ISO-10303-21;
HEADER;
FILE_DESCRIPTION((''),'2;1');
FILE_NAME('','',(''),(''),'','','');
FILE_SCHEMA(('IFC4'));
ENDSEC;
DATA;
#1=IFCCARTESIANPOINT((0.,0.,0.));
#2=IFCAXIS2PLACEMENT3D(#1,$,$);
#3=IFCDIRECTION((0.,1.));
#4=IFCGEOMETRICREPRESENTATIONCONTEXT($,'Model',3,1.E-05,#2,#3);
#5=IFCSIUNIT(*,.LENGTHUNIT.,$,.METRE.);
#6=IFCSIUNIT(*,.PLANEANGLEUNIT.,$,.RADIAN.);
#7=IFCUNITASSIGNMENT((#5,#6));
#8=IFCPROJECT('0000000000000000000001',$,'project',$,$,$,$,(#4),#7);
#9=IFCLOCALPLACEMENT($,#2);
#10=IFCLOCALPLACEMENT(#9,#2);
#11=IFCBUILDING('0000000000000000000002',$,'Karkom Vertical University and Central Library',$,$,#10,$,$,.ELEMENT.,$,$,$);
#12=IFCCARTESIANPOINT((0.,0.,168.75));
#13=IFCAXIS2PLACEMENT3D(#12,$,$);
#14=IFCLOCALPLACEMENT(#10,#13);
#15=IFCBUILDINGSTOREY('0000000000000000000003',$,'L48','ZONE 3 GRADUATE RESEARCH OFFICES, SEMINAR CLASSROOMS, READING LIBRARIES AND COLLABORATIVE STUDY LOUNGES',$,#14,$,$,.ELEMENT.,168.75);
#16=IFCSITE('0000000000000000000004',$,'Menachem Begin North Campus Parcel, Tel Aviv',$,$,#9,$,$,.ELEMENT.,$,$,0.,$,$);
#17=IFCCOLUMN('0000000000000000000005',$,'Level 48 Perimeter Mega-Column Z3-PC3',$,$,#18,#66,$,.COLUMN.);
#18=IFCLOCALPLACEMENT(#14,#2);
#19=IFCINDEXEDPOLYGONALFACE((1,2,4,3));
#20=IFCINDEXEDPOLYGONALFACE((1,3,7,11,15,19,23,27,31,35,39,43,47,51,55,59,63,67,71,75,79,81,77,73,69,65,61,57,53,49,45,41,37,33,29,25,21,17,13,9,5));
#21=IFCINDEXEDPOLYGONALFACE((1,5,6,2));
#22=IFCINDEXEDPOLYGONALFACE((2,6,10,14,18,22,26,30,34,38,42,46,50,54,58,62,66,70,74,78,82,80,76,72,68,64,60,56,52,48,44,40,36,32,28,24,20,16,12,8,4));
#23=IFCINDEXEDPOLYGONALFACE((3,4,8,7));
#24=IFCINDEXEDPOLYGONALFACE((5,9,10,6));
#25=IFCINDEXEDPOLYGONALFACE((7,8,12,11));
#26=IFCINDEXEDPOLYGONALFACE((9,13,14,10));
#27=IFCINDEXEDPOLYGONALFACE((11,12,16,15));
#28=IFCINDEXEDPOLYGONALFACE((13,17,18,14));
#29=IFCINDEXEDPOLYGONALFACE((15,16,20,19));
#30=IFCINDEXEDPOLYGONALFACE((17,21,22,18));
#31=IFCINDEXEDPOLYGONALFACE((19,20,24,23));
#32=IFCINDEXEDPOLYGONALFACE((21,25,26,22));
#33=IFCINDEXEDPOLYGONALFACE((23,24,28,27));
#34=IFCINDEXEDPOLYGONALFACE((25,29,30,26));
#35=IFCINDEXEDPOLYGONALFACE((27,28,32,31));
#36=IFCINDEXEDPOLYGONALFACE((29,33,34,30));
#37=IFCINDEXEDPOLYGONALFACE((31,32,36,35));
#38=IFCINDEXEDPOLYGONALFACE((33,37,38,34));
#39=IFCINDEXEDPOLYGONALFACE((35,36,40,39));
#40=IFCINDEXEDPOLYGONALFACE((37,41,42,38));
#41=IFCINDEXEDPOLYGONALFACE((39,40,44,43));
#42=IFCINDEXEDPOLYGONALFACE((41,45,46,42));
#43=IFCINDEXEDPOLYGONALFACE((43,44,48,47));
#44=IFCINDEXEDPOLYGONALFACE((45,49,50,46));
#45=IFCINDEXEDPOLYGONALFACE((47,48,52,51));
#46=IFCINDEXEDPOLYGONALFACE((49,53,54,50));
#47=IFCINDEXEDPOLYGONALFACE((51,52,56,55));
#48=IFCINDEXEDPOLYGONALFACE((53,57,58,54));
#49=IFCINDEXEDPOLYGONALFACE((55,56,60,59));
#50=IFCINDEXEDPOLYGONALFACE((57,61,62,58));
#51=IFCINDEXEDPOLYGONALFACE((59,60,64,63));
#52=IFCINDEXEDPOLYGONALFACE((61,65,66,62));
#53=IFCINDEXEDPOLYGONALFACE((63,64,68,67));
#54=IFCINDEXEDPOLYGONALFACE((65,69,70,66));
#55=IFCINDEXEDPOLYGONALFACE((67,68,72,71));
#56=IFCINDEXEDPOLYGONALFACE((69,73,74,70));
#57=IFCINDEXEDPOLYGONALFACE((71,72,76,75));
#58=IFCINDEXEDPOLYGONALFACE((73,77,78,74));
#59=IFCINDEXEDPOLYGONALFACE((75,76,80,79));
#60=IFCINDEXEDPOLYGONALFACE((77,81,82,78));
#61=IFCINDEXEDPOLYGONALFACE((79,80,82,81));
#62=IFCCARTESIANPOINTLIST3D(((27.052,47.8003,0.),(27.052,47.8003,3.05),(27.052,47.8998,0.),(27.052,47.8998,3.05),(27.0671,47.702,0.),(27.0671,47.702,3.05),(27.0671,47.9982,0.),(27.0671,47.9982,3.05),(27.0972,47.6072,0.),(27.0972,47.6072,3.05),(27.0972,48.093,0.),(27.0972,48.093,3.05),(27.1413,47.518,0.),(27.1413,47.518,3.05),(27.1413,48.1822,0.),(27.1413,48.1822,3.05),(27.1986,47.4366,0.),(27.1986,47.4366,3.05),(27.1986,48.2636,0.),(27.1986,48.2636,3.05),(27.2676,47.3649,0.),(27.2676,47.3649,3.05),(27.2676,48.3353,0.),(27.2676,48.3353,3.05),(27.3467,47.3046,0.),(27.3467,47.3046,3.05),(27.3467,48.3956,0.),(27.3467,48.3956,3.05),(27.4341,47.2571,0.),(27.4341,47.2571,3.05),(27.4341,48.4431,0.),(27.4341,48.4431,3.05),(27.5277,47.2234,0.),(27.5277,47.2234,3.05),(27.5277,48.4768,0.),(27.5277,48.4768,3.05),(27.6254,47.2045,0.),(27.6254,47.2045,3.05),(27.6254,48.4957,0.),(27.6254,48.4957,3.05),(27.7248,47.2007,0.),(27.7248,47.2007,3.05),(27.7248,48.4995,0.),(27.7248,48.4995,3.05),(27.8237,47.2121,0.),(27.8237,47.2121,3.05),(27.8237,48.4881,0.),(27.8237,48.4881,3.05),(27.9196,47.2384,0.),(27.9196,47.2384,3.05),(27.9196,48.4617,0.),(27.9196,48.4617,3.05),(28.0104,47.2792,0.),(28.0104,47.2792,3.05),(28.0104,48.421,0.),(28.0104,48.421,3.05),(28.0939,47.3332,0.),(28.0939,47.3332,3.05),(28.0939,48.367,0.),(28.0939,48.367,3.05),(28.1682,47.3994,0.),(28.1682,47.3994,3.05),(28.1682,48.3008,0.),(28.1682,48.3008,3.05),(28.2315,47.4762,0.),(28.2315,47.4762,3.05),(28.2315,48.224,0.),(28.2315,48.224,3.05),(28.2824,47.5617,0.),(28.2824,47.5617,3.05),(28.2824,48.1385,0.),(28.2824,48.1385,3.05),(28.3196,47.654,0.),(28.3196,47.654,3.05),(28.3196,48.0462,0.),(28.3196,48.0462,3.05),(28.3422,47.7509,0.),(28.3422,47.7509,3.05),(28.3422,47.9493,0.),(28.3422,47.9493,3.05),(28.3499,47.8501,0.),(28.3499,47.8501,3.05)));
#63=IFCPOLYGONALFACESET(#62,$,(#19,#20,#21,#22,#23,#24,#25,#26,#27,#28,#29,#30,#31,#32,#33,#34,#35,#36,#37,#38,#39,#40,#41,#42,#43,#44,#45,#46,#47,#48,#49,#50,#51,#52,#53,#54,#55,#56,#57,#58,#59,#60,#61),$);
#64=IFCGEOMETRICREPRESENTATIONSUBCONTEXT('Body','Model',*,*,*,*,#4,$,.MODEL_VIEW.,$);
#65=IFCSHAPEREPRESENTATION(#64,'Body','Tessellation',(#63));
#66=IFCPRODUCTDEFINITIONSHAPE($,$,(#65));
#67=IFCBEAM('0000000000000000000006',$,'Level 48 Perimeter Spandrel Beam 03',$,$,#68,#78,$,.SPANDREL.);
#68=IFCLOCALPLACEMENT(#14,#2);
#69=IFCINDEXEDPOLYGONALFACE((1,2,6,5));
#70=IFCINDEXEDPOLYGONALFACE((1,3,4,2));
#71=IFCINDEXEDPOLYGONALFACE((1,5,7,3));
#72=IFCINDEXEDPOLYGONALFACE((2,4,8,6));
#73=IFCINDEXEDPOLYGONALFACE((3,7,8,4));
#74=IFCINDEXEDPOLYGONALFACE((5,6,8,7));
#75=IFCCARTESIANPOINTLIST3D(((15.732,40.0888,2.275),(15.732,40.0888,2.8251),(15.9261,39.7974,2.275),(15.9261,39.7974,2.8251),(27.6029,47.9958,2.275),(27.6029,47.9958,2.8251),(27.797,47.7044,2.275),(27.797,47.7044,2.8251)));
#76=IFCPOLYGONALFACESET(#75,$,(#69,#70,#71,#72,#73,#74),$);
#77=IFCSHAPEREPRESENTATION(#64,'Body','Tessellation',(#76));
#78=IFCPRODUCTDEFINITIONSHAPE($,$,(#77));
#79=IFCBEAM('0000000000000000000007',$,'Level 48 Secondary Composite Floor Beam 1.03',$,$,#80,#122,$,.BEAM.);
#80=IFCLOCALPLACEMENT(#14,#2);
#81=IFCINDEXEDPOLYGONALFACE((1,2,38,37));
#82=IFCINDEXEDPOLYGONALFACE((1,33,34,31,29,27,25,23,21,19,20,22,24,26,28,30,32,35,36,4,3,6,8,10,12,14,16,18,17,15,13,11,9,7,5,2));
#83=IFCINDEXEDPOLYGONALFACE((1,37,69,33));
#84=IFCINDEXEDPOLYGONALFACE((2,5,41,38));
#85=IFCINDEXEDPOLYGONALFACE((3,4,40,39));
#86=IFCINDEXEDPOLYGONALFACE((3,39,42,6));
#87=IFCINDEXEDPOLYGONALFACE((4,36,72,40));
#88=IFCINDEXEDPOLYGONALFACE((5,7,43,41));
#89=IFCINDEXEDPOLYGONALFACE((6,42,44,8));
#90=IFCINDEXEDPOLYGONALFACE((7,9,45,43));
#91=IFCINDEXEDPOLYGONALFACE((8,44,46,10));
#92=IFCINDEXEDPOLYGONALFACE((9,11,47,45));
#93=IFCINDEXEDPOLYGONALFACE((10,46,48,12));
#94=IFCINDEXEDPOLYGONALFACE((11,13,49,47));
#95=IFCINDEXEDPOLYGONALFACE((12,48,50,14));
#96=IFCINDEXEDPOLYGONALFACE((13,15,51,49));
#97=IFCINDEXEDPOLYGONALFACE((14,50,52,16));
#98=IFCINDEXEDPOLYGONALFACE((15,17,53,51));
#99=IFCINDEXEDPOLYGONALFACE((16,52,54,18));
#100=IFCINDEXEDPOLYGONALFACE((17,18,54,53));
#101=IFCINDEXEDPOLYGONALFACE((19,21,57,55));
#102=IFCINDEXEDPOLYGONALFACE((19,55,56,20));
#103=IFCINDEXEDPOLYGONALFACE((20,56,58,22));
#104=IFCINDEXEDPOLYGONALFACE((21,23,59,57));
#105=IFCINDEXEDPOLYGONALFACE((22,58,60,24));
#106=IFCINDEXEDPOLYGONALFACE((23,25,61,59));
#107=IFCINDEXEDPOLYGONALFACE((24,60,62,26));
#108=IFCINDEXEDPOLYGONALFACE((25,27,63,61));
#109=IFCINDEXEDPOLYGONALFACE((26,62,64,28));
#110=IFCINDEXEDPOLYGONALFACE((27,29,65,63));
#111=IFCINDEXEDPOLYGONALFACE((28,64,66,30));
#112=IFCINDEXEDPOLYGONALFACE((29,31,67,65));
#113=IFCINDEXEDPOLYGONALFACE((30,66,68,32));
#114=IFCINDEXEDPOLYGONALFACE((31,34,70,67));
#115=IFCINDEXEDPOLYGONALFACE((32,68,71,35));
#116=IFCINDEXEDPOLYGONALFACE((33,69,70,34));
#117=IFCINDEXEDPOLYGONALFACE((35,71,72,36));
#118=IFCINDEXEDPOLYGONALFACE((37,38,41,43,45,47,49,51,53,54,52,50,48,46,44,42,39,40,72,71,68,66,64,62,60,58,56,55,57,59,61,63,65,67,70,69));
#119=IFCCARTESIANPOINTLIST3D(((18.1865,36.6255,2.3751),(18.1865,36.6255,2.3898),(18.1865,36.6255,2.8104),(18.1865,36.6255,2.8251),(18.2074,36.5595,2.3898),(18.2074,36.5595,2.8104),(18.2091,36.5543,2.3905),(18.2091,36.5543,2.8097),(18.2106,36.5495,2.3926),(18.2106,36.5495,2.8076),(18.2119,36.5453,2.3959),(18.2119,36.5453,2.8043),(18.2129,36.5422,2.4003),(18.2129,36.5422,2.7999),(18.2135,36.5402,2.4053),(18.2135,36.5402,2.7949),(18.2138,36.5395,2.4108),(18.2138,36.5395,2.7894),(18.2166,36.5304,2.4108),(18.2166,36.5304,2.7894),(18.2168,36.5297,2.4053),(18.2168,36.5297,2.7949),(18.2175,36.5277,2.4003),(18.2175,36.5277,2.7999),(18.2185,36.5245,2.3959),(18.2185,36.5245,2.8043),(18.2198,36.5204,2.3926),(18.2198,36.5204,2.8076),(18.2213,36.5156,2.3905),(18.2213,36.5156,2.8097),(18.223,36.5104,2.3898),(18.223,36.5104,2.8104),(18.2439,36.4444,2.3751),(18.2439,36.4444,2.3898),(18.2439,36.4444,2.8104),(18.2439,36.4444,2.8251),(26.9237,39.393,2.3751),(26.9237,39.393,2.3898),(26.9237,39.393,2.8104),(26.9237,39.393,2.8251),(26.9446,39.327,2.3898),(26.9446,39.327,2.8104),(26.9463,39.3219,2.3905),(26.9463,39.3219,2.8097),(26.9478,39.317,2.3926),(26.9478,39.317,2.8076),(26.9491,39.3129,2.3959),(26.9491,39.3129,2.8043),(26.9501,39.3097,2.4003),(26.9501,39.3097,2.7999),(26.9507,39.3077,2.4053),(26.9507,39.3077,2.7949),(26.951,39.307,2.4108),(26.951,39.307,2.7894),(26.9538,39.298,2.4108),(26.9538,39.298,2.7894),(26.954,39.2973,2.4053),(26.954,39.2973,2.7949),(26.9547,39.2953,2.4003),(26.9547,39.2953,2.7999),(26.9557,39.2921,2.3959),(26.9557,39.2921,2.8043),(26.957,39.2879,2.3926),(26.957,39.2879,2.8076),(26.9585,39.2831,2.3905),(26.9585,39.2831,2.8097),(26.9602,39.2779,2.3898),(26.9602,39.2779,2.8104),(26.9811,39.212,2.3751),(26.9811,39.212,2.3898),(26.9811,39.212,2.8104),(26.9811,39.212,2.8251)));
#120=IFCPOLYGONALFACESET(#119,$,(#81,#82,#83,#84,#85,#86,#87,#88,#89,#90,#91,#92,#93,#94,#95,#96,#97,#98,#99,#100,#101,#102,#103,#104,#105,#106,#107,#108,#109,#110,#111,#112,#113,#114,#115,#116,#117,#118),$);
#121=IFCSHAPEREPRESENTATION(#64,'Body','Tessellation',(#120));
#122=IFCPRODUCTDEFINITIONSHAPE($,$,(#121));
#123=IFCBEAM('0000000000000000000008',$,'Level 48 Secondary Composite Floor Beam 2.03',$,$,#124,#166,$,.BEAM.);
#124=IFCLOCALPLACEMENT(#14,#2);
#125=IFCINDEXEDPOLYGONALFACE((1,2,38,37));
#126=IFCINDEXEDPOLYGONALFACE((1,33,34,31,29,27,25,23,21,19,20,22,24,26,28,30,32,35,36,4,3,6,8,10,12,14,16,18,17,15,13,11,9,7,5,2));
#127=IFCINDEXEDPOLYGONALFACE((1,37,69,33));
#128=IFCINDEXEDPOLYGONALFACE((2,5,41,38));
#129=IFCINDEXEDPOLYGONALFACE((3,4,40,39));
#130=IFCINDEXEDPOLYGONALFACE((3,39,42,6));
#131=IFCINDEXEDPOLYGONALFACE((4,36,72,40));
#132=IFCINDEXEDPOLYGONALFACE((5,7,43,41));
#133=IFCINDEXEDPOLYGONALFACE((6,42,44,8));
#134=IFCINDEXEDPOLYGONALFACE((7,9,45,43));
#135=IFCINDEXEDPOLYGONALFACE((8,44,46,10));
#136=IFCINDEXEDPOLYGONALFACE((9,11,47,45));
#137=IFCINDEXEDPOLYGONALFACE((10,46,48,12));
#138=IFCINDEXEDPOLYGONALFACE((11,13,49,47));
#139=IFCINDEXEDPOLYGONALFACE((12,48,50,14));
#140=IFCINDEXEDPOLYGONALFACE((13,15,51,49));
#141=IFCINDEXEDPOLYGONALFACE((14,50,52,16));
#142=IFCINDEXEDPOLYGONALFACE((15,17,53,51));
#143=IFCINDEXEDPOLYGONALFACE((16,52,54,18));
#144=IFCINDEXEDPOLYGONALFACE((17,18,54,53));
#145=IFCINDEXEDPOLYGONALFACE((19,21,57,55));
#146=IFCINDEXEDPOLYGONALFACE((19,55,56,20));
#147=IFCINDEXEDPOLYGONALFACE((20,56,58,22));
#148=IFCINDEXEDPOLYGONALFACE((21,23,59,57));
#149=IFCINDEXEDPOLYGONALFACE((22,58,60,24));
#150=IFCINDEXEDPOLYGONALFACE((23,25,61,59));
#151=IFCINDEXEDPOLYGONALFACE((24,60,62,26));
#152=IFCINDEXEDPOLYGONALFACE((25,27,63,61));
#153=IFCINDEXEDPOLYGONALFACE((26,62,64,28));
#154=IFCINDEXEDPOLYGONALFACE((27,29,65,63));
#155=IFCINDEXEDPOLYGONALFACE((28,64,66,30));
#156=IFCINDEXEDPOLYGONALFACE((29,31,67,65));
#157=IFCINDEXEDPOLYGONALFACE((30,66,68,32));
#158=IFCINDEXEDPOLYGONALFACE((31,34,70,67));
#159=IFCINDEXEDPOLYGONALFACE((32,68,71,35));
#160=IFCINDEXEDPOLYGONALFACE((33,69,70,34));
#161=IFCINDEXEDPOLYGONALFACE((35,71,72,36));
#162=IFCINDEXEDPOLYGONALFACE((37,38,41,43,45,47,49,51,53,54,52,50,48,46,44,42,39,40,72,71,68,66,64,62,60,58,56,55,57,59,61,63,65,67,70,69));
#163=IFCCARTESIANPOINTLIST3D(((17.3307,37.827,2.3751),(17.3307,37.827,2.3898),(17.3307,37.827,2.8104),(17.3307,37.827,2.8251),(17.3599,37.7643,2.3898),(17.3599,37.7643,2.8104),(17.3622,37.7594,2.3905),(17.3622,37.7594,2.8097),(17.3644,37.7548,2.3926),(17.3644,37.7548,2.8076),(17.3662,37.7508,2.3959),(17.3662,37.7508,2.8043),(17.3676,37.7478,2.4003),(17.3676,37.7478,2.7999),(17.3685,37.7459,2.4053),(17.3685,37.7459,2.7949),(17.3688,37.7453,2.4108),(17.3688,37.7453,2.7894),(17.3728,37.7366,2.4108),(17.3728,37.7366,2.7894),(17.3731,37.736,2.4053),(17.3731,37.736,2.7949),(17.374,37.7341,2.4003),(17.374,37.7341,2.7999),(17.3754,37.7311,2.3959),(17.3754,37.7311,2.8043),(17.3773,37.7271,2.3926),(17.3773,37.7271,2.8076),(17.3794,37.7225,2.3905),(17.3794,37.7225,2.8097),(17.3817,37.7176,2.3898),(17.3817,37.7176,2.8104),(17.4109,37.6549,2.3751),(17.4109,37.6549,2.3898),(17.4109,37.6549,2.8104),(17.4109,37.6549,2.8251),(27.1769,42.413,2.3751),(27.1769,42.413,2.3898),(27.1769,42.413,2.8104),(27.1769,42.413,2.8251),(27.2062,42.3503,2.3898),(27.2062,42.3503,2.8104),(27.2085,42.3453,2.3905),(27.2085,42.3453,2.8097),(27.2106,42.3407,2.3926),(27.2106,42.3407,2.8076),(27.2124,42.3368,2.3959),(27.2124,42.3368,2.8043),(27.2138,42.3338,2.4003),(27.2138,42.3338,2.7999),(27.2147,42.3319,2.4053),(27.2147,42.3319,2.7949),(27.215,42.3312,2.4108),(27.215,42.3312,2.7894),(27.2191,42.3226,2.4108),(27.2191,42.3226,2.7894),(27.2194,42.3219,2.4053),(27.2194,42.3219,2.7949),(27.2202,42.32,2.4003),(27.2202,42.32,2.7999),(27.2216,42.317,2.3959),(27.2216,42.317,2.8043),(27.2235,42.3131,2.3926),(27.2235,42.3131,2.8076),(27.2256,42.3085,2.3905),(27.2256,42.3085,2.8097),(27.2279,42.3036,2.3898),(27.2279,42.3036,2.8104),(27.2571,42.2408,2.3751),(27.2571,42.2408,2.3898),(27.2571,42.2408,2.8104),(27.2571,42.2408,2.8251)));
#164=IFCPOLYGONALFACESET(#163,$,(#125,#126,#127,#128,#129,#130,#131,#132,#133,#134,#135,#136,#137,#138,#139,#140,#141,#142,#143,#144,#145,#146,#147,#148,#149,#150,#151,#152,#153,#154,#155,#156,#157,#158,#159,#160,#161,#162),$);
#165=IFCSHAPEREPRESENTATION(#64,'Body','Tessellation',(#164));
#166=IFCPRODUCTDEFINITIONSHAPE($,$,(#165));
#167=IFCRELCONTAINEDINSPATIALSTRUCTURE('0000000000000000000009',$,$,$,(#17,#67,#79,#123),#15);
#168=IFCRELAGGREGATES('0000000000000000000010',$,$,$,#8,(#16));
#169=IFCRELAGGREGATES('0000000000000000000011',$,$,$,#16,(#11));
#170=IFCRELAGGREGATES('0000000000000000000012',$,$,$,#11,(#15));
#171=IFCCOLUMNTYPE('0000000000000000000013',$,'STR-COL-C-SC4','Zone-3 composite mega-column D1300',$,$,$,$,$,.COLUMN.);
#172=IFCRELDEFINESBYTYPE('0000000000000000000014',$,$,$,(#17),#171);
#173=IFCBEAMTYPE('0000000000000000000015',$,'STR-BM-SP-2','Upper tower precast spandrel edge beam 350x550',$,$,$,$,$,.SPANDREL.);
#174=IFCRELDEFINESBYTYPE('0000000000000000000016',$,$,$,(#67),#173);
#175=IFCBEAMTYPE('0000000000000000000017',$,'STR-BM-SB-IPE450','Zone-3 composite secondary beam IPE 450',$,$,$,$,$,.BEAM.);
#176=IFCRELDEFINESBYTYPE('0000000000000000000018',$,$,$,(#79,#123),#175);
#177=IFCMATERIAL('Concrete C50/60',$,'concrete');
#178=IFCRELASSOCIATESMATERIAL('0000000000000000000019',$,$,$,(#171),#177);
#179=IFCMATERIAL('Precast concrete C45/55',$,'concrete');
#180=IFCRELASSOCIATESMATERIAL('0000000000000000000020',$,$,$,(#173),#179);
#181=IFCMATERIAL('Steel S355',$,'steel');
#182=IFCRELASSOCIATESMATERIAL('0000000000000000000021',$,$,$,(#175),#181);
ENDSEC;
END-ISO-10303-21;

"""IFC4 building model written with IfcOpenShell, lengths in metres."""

from ifc_helpers import new_model, si_unit, direction, frame, origin, origin_with_axes, origin_2d, place, context, subcontext, project, spatial, rectangle, circle, i_section, extrude, source, transform, mapped, material, material_profile, profile_set, type_object, element, save


model = new_model("IFC4")

# Units and contexts
model_context = context("Model", 3, precision=1e-05, world=origin(), true_north=direction((0.0, 1.0)))
body_context = subcontext(model_context, "Body", "Model", "MODEL_VIEW")
ifc_project = project(units=[si_unit("LENGTHUNIT", "METRE"), si_unit("PLANEANGLEUNIT", "RADIAN")], contexts=[model_context])

# Site, building, storey
site_placement = place(None, origin())
site = spatial("IfcSite", under=ifc_project, at=site_placement, Name="Menachem Begin North Campus Parcel, Tel Aviv", CompositionType="ELEMENT", RefElevation=0.0)
building_placement = place(site_placement, origin())
building = spatial("IfcBuilding", under=site, at=building_placement, Name="Karkom Vertical University and Central Library", CompositionType="ELEMENT")
storey_placement = place(building_placement, frame((0.0, 0.0, 168.75)))
storey = spatial("IfcBuildingStorey", under=building, at=storey_placement, Name="L48", Description="ZONE 3 GRADUATE RESEARCH OFFICES, SEMINAR CLASSROOMS, READING LIBRARIES AND COLLABORATIVE STUDY LOUNGES", CompositionType="ELEMENT", Elevation=168.75)

# Column
ifc_material_1 = material(Name="Concrete C50/60", Category="concrete")
ifc_material_profile_1 = material_profile(ifc_material_1, circle(Radius=0.6499, at=origin_2d()), Name="CFT-D1300")
ifc_profile_set_1 = profile_set([ifc_material_profile_1], Name="Concrete C50/60")
column_type = type_object("IfcColumnType", Name="STR-COL-C-SC4", Description="Zone-3 composite mega-column D1300", PredefinedType="COLUMN", material=ifc_profile_set_1)
shared_shape_1 = source(origin_with_axes(), body_context, "Body", "SweptSolid", [
    extrude(circle(Radius=0.6499, at=origin_2d()), origin(), (0.0, 0.0, 1.0), 3.05),
])
column_placement = place(storey_placement, frame((27.7, 47.8501, 0.0), z_axis=(0.0, 0.0, 1.0), x_axis=(1.0, 0.0, 0.0)))
element("IfcColumn", 1, at=column_placement, inside=storey, type_object=column_type, Name="Level 48 Perimeter Mega-Column Z3-PC3", PredefinedType="COLUMN", context=body_context, shape_type="MappedRepresentation", body=[
    mapped(shared_shape_1, transform((0.0, 0.0, 0.0), scale=1.0)),
])

# Beams
ifc_material_2 = material(Name="Precast concrete C45/55", Category="concrete")
ifc_material_profile_2 = material_profile(ifc_material_2, rectangle(XDim=0.3501, YDim=0.55, at=origin_2d()), Name="SPB-350x550")
ifc_profile_set_2 = profile_set([ifc_material_profile_2], Name="Precast concrete C45/55")
beam_type_1 = type_object("IfcBeamType", Name="STR-BM-SP-2", Description="Upper tower precast spandrel edge beam 350x550", PredefinedType="SPANDREL", material=ifc_profile_set_2)
shared_shape_2 = source(origin_with_axes(), body_context, "Body", "SweptSolid", [
    extrude(rectangle(XDim=0.3501, YDim=0.55, at=origin_2d()), origin(), (0.0, 0.0, 1.0), 14.2632),
])
beam_1_placement = place(storey_placement, frame((27.7, 47.8501, 2.55), z_axis=(-0.832274, -0.554364, 0.0), x_axis=(0.554364, -0.832274, 0.0)))
element("IfcBeam", 2, at=beam_1_placement, inside=storey, type_object=beam_type_1, Name="Level 48 Perimeter Spandrel Beam 03", PredefinedType="SPANDREL", context=body_context, shape_type="MappedRepresentation", body=[
    mapped(shared_shape_2, transform((0.0, 0.0, 0.0), scale=1.0)),
])
ifc_material_3 = material(Name="Steel S355", Category="steel")
ifc_material_profile_3 = material_profile(ifc_material_3, i_section(OverallWidth=0.1899, OverallDepth=0.45, WebThickness=0.0095, FlangeThickness=0.0146, FilletRadius=0.021, at=origin_2d()), Name="IPE 450")
ifc_profile_set_3 = profile_set([ifc_material_profile_3], Name="Steel S355")
beam_type_2 = type_object("IfcBeamType", Name="STR-BM-SB-IPE450", Description="Zone-3 composite secondary beam IPE 450", PredefinedType="BEAM", material=ifc_profile_set_3)
shared_shape_3 = source(origin_with_axes(), body_context, "Body", "SweptSolid", [
    extrude(i_section(OverallWidth=0.1899, OverallDepth=0.45, WebThickness=0.0095, FlangeThickness=0.0146, FilletRadius=0.021, at=origin_2d()), origin(), (0.0, 0.0, 1.0), 9.165),
])
beam_2_placement = place(storey_placement, frame((26.9524, 39.3025, 2.6001), z_axis=(-0.953318, -0.301968, 0.0), x_axis=(0.301968, -0.953318, 0.0)))
element("IfcBeam", 3, at=beam_2_placement, inside=storey, type_object=beam_type_2, Name="Level 48 Secondary Composite Floor Beam 1.03", PredefinedType="BEAM", context=body_context, shape_type="MappedRepresentation", body=[
    mapped(shared_shape_3, transform((0.0, 0.0, 0.0), scale=1.0)),
])
shared_shape_4 = source(origin_with_axes(), body_context, "Body", "SweptSolid", [
    extrude(i_section(OverallWidth=0.1899, OverallDepth=0.45, WebThickness=0.0095, FlangeThickness=0.0146, FilletRadius=0.021, at=origin_2d()), origin(), (0.0, 0.0, 1.0), 10.8618),
])
beam_3_placement = place(storey_placement, frame((27.217, 42.3269, 2.6001), z_axis=(-0.906499, -0.422209, 0.0), x_axis=(0.422209, -0.906499, 0.0)))
element("IfcBeam", 4, at=beam_3_placement, inside=storey, type_object=beam_type_2, Name="Level 48 Secondary Composite Floor Beam 2.03", PredefinedType="BEAM", context=body_context, shape_type="MappedRepresentation", body=[
    mapped(shared_shape_4, transform((0.0, 0.0, 0.0), scale=1.0)),
])

save(model, "model.ifc")
